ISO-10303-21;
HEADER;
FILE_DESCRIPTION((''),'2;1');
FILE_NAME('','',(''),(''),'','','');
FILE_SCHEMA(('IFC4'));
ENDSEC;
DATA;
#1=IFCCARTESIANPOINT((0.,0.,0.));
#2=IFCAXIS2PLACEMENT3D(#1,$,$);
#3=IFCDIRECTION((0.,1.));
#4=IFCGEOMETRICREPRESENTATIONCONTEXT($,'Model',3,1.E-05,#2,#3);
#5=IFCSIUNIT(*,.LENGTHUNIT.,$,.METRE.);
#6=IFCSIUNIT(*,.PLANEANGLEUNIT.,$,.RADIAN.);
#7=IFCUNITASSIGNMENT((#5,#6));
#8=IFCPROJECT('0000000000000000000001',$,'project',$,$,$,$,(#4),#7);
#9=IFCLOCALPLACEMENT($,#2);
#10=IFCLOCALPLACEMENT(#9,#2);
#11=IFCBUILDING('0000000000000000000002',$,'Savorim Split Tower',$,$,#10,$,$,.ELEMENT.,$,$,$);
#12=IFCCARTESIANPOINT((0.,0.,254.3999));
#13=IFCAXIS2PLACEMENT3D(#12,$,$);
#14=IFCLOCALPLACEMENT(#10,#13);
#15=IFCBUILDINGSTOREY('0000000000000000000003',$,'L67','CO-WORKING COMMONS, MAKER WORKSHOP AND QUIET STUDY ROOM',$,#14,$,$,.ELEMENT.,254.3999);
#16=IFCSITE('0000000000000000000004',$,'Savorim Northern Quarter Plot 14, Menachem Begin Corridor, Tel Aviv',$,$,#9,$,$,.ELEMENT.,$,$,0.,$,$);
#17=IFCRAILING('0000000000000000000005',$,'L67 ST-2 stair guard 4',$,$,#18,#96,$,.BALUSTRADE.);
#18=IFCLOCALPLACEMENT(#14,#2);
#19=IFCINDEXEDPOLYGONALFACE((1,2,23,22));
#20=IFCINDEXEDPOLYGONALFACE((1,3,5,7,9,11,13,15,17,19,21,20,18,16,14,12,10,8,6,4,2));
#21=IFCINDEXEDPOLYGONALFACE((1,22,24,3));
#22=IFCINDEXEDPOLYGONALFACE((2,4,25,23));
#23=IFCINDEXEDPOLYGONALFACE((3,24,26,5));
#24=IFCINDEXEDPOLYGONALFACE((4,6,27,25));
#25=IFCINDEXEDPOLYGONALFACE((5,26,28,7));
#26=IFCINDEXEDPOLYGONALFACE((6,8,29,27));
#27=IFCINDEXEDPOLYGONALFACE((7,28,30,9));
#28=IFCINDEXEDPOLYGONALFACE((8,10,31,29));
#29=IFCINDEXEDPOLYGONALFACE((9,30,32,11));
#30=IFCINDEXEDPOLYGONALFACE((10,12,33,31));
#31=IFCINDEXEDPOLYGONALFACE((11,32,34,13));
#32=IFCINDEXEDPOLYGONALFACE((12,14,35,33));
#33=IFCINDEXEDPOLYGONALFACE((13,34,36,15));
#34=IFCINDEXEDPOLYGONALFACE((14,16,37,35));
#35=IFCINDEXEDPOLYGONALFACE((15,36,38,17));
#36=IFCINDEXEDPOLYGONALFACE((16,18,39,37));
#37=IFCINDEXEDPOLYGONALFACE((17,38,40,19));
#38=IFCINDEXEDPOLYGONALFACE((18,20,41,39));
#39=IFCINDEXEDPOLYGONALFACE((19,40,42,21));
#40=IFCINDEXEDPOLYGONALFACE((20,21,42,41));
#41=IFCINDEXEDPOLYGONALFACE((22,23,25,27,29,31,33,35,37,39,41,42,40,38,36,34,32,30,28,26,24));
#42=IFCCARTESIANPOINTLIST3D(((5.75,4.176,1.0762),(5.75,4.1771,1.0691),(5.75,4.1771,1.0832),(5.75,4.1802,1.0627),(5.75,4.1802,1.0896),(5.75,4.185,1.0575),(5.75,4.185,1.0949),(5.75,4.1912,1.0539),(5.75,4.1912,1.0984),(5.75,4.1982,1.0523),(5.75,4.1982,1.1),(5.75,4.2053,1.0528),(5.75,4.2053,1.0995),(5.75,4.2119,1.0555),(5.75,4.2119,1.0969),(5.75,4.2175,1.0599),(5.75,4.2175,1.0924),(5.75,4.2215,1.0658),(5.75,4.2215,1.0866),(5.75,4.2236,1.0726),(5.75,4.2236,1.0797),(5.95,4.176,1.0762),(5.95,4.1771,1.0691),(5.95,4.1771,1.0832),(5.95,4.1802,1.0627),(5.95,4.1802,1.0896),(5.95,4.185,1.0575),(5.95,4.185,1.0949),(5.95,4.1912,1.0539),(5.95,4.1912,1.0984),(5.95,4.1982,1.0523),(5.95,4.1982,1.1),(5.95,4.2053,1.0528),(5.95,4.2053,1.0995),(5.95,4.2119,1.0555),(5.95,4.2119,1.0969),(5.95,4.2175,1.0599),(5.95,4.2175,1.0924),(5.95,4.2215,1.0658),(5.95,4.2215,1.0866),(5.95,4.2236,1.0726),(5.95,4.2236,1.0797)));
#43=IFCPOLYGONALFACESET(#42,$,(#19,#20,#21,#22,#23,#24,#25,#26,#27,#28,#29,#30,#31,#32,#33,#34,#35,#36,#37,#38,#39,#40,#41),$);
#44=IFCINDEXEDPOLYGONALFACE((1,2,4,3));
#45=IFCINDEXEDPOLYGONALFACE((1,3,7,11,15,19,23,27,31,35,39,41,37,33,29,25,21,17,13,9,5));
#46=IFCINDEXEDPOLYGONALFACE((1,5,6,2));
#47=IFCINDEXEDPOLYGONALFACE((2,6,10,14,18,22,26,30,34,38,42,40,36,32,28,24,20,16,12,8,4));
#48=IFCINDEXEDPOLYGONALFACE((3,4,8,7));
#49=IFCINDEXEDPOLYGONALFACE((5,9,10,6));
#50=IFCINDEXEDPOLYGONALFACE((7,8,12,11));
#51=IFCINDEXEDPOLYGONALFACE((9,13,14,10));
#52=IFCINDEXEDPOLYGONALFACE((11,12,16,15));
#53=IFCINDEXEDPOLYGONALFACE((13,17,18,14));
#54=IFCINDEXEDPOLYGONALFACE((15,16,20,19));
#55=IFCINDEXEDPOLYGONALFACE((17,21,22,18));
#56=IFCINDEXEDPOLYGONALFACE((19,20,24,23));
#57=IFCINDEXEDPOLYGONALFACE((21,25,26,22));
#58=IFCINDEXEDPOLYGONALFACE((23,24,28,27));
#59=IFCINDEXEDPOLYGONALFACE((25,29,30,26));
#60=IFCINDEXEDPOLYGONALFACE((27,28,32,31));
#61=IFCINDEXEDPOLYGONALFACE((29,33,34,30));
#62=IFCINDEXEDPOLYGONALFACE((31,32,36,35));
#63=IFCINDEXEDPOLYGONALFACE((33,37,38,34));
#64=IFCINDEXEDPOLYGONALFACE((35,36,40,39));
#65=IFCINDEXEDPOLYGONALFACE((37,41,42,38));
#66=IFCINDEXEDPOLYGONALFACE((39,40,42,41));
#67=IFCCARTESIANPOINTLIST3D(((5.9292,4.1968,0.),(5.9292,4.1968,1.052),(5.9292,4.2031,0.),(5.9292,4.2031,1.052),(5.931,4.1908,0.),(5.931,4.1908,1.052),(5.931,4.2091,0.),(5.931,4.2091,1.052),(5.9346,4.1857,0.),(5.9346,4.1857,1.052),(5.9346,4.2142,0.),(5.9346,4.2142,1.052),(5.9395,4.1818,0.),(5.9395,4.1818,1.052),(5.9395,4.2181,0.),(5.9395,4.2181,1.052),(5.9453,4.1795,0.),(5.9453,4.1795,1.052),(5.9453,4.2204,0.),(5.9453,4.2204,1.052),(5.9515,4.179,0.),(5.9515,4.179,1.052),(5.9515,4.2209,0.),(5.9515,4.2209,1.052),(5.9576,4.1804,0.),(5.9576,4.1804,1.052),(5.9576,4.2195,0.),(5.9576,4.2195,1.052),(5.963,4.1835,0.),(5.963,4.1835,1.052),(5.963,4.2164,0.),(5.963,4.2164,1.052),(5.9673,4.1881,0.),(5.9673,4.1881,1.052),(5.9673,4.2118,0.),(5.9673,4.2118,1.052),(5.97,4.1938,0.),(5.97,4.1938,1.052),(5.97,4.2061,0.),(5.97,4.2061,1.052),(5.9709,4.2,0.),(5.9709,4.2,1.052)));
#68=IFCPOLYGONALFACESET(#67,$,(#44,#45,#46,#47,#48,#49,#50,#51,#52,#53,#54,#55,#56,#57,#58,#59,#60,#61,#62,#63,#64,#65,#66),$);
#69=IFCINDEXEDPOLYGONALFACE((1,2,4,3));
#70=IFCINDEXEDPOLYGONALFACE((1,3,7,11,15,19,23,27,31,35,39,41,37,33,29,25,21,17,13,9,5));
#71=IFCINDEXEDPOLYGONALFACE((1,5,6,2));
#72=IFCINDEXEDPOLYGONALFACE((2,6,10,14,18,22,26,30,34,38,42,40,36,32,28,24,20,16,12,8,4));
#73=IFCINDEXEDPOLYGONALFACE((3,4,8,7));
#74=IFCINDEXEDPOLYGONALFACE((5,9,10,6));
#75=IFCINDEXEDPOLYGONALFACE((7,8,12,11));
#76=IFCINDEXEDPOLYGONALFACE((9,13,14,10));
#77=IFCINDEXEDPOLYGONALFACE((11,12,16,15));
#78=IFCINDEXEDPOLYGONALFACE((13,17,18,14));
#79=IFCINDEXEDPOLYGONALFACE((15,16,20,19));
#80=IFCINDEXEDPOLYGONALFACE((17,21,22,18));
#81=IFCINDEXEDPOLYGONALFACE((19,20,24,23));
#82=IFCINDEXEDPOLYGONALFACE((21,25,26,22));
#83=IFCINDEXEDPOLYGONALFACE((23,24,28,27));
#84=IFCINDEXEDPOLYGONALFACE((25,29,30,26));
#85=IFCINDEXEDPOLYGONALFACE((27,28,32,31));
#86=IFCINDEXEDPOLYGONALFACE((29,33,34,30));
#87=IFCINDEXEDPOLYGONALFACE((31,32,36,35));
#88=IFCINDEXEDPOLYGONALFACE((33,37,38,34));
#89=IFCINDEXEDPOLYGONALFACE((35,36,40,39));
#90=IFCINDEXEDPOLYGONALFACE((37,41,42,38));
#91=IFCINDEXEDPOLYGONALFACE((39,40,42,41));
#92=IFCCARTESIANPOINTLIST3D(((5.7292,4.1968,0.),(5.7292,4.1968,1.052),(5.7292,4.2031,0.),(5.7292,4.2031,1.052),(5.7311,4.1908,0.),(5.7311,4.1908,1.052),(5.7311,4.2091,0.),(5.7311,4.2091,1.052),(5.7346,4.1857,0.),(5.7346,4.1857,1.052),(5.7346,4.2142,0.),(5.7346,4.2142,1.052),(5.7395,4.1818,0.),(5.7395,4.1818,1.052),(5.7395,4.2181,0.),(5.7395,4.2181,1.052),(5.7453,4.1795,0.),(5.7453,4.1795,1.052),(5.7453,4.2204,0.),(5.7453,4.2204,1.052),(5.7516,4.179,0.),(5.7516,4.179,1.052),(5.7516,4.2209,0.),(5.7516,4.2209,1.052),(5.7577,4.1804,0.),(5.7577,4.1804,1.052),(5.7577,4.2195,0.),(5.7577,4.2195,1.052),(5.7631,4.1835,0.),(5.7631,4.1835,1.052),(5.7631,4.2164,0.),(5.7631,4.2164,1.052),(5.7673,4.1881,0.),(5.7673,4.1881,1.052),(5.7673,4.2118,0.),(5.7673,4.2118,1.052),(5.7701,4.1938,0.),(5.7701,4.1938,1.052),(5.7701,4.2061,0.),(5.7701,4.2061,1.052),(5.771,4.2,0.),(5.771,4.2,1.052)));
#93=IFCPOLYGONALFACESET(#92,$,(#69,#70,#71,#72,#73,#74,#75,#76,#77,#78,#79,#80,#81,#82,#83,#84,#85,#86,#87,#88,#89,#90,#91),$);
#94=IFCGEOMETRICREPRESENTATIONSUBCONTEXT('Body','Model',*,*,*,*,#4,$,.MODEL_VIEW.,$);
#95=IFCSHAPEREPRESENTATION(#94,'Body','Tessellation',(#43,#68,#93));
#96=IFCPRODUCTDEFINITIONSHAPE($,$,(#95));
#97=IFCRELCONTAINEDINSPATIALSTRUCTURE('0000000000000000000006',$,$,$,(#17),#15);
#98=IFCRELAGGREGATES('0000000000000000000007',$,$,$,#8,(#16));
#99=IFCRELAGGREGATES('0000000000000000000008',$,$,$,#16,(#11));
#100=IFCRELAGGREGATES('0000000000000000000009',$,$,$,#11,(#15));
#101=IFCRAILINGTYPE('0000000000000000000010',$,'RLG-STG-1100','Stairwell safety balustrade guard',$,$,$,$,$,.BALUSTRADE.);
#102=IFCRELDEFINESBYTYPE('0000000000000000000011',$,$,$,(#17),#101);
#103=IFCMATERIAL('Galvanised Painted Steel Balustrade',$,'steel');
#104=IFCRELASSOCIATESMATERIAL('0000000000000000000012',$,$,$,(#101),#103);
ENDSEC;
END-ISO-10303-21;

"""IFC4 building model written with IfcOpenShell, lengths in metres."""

from ifc_helpers import new_model, si_unit, direction, frame, origin, origin_2d, place, context, subcontext, project, spatial, circle, extrude, material, type_object, element, save


model = new_model("IFC4")

# Units and contexts
model_context = context("Model", 3, precision=1e-05, world=origin(), true_north=direction((0.0, 1.0)))
body_context = subcontext(model_context, "Body", "Model", "MODEL_VIEW")
ifc_project = project(units=[si_unit("LENGTHUNIT", "METRE"), si_unit("PLANEANGLEUNIT", "RADIAN")], contexts=[model_context])

# Site, building, storey
site_placement = place(None, origin())
site = spatial("IfcSite", under=ifc_project, at=site_placement, Name="Savorim Northern Quarter Plot 14, Menachem Begin Corridor, Tel Aviv", CompositionType="ELEMENT", RefElevation=0.0)
building_placement = place(site_placement, origin())
building = spatial("IfcBuilding", under=site, at=building_placement, Name="Savorim Split Tower", CompositionType="ELEMENT")
storey_placement = place(building_placement, frame((0.0, 0.0, 254.3999)))
storey = spatial("IfcBuildingStorey", under=building, at=storey_placement, Name="L67", Description="CO-WORKING COMMONS, MAKER WORKSHOP AND QUIET STUDY ROOM", CompositionType="ELEMENT", Elevation=254.3999)

# Railing
ifc_material_1 = material(Name="Galvanised Painted Steel Balustrade", Category="steel")
railing_type_1 = type_object("IfcRailingType", Name="RLG-STG-1100", Description="Stairwell safety balustrade guard", PredefinedType="BALUSTRADE", material=ifc_material_1)
railing_1_placement = place(storey_placement, frame((5.95, 4.2, 0.0)))
element("IfcRailing", 1, at=railing_1_placement, inside=storey, type_object=railing_type_1, Name="L67 ST-2 stair guard 4", PredefinedType="BALUSTRADE", context=body_context, shape_type="SweptSolid", body=[
    extrude(circle(Radius=0.0239, at=origin_2d()), frame((0.0, 0.0, 1.0762), z_axis=(-1.0, 0.0, 0.0), x_axis=(0.0, -1.0, 0.0)), (0.0, 0.0, 1.0), 0.2),
    extrude(circle(Radius=0.021, at=origin_2d()), origin(), (0.0, 0.0, 1.0), 1.052),
    extrude(circle(Radius=0.021, at=origin_2d()), frame((-0.2, 0.0, 0.0)), (0.0, 0.0, 1.0), 1.052),
])

save(model, "model.ifc")
